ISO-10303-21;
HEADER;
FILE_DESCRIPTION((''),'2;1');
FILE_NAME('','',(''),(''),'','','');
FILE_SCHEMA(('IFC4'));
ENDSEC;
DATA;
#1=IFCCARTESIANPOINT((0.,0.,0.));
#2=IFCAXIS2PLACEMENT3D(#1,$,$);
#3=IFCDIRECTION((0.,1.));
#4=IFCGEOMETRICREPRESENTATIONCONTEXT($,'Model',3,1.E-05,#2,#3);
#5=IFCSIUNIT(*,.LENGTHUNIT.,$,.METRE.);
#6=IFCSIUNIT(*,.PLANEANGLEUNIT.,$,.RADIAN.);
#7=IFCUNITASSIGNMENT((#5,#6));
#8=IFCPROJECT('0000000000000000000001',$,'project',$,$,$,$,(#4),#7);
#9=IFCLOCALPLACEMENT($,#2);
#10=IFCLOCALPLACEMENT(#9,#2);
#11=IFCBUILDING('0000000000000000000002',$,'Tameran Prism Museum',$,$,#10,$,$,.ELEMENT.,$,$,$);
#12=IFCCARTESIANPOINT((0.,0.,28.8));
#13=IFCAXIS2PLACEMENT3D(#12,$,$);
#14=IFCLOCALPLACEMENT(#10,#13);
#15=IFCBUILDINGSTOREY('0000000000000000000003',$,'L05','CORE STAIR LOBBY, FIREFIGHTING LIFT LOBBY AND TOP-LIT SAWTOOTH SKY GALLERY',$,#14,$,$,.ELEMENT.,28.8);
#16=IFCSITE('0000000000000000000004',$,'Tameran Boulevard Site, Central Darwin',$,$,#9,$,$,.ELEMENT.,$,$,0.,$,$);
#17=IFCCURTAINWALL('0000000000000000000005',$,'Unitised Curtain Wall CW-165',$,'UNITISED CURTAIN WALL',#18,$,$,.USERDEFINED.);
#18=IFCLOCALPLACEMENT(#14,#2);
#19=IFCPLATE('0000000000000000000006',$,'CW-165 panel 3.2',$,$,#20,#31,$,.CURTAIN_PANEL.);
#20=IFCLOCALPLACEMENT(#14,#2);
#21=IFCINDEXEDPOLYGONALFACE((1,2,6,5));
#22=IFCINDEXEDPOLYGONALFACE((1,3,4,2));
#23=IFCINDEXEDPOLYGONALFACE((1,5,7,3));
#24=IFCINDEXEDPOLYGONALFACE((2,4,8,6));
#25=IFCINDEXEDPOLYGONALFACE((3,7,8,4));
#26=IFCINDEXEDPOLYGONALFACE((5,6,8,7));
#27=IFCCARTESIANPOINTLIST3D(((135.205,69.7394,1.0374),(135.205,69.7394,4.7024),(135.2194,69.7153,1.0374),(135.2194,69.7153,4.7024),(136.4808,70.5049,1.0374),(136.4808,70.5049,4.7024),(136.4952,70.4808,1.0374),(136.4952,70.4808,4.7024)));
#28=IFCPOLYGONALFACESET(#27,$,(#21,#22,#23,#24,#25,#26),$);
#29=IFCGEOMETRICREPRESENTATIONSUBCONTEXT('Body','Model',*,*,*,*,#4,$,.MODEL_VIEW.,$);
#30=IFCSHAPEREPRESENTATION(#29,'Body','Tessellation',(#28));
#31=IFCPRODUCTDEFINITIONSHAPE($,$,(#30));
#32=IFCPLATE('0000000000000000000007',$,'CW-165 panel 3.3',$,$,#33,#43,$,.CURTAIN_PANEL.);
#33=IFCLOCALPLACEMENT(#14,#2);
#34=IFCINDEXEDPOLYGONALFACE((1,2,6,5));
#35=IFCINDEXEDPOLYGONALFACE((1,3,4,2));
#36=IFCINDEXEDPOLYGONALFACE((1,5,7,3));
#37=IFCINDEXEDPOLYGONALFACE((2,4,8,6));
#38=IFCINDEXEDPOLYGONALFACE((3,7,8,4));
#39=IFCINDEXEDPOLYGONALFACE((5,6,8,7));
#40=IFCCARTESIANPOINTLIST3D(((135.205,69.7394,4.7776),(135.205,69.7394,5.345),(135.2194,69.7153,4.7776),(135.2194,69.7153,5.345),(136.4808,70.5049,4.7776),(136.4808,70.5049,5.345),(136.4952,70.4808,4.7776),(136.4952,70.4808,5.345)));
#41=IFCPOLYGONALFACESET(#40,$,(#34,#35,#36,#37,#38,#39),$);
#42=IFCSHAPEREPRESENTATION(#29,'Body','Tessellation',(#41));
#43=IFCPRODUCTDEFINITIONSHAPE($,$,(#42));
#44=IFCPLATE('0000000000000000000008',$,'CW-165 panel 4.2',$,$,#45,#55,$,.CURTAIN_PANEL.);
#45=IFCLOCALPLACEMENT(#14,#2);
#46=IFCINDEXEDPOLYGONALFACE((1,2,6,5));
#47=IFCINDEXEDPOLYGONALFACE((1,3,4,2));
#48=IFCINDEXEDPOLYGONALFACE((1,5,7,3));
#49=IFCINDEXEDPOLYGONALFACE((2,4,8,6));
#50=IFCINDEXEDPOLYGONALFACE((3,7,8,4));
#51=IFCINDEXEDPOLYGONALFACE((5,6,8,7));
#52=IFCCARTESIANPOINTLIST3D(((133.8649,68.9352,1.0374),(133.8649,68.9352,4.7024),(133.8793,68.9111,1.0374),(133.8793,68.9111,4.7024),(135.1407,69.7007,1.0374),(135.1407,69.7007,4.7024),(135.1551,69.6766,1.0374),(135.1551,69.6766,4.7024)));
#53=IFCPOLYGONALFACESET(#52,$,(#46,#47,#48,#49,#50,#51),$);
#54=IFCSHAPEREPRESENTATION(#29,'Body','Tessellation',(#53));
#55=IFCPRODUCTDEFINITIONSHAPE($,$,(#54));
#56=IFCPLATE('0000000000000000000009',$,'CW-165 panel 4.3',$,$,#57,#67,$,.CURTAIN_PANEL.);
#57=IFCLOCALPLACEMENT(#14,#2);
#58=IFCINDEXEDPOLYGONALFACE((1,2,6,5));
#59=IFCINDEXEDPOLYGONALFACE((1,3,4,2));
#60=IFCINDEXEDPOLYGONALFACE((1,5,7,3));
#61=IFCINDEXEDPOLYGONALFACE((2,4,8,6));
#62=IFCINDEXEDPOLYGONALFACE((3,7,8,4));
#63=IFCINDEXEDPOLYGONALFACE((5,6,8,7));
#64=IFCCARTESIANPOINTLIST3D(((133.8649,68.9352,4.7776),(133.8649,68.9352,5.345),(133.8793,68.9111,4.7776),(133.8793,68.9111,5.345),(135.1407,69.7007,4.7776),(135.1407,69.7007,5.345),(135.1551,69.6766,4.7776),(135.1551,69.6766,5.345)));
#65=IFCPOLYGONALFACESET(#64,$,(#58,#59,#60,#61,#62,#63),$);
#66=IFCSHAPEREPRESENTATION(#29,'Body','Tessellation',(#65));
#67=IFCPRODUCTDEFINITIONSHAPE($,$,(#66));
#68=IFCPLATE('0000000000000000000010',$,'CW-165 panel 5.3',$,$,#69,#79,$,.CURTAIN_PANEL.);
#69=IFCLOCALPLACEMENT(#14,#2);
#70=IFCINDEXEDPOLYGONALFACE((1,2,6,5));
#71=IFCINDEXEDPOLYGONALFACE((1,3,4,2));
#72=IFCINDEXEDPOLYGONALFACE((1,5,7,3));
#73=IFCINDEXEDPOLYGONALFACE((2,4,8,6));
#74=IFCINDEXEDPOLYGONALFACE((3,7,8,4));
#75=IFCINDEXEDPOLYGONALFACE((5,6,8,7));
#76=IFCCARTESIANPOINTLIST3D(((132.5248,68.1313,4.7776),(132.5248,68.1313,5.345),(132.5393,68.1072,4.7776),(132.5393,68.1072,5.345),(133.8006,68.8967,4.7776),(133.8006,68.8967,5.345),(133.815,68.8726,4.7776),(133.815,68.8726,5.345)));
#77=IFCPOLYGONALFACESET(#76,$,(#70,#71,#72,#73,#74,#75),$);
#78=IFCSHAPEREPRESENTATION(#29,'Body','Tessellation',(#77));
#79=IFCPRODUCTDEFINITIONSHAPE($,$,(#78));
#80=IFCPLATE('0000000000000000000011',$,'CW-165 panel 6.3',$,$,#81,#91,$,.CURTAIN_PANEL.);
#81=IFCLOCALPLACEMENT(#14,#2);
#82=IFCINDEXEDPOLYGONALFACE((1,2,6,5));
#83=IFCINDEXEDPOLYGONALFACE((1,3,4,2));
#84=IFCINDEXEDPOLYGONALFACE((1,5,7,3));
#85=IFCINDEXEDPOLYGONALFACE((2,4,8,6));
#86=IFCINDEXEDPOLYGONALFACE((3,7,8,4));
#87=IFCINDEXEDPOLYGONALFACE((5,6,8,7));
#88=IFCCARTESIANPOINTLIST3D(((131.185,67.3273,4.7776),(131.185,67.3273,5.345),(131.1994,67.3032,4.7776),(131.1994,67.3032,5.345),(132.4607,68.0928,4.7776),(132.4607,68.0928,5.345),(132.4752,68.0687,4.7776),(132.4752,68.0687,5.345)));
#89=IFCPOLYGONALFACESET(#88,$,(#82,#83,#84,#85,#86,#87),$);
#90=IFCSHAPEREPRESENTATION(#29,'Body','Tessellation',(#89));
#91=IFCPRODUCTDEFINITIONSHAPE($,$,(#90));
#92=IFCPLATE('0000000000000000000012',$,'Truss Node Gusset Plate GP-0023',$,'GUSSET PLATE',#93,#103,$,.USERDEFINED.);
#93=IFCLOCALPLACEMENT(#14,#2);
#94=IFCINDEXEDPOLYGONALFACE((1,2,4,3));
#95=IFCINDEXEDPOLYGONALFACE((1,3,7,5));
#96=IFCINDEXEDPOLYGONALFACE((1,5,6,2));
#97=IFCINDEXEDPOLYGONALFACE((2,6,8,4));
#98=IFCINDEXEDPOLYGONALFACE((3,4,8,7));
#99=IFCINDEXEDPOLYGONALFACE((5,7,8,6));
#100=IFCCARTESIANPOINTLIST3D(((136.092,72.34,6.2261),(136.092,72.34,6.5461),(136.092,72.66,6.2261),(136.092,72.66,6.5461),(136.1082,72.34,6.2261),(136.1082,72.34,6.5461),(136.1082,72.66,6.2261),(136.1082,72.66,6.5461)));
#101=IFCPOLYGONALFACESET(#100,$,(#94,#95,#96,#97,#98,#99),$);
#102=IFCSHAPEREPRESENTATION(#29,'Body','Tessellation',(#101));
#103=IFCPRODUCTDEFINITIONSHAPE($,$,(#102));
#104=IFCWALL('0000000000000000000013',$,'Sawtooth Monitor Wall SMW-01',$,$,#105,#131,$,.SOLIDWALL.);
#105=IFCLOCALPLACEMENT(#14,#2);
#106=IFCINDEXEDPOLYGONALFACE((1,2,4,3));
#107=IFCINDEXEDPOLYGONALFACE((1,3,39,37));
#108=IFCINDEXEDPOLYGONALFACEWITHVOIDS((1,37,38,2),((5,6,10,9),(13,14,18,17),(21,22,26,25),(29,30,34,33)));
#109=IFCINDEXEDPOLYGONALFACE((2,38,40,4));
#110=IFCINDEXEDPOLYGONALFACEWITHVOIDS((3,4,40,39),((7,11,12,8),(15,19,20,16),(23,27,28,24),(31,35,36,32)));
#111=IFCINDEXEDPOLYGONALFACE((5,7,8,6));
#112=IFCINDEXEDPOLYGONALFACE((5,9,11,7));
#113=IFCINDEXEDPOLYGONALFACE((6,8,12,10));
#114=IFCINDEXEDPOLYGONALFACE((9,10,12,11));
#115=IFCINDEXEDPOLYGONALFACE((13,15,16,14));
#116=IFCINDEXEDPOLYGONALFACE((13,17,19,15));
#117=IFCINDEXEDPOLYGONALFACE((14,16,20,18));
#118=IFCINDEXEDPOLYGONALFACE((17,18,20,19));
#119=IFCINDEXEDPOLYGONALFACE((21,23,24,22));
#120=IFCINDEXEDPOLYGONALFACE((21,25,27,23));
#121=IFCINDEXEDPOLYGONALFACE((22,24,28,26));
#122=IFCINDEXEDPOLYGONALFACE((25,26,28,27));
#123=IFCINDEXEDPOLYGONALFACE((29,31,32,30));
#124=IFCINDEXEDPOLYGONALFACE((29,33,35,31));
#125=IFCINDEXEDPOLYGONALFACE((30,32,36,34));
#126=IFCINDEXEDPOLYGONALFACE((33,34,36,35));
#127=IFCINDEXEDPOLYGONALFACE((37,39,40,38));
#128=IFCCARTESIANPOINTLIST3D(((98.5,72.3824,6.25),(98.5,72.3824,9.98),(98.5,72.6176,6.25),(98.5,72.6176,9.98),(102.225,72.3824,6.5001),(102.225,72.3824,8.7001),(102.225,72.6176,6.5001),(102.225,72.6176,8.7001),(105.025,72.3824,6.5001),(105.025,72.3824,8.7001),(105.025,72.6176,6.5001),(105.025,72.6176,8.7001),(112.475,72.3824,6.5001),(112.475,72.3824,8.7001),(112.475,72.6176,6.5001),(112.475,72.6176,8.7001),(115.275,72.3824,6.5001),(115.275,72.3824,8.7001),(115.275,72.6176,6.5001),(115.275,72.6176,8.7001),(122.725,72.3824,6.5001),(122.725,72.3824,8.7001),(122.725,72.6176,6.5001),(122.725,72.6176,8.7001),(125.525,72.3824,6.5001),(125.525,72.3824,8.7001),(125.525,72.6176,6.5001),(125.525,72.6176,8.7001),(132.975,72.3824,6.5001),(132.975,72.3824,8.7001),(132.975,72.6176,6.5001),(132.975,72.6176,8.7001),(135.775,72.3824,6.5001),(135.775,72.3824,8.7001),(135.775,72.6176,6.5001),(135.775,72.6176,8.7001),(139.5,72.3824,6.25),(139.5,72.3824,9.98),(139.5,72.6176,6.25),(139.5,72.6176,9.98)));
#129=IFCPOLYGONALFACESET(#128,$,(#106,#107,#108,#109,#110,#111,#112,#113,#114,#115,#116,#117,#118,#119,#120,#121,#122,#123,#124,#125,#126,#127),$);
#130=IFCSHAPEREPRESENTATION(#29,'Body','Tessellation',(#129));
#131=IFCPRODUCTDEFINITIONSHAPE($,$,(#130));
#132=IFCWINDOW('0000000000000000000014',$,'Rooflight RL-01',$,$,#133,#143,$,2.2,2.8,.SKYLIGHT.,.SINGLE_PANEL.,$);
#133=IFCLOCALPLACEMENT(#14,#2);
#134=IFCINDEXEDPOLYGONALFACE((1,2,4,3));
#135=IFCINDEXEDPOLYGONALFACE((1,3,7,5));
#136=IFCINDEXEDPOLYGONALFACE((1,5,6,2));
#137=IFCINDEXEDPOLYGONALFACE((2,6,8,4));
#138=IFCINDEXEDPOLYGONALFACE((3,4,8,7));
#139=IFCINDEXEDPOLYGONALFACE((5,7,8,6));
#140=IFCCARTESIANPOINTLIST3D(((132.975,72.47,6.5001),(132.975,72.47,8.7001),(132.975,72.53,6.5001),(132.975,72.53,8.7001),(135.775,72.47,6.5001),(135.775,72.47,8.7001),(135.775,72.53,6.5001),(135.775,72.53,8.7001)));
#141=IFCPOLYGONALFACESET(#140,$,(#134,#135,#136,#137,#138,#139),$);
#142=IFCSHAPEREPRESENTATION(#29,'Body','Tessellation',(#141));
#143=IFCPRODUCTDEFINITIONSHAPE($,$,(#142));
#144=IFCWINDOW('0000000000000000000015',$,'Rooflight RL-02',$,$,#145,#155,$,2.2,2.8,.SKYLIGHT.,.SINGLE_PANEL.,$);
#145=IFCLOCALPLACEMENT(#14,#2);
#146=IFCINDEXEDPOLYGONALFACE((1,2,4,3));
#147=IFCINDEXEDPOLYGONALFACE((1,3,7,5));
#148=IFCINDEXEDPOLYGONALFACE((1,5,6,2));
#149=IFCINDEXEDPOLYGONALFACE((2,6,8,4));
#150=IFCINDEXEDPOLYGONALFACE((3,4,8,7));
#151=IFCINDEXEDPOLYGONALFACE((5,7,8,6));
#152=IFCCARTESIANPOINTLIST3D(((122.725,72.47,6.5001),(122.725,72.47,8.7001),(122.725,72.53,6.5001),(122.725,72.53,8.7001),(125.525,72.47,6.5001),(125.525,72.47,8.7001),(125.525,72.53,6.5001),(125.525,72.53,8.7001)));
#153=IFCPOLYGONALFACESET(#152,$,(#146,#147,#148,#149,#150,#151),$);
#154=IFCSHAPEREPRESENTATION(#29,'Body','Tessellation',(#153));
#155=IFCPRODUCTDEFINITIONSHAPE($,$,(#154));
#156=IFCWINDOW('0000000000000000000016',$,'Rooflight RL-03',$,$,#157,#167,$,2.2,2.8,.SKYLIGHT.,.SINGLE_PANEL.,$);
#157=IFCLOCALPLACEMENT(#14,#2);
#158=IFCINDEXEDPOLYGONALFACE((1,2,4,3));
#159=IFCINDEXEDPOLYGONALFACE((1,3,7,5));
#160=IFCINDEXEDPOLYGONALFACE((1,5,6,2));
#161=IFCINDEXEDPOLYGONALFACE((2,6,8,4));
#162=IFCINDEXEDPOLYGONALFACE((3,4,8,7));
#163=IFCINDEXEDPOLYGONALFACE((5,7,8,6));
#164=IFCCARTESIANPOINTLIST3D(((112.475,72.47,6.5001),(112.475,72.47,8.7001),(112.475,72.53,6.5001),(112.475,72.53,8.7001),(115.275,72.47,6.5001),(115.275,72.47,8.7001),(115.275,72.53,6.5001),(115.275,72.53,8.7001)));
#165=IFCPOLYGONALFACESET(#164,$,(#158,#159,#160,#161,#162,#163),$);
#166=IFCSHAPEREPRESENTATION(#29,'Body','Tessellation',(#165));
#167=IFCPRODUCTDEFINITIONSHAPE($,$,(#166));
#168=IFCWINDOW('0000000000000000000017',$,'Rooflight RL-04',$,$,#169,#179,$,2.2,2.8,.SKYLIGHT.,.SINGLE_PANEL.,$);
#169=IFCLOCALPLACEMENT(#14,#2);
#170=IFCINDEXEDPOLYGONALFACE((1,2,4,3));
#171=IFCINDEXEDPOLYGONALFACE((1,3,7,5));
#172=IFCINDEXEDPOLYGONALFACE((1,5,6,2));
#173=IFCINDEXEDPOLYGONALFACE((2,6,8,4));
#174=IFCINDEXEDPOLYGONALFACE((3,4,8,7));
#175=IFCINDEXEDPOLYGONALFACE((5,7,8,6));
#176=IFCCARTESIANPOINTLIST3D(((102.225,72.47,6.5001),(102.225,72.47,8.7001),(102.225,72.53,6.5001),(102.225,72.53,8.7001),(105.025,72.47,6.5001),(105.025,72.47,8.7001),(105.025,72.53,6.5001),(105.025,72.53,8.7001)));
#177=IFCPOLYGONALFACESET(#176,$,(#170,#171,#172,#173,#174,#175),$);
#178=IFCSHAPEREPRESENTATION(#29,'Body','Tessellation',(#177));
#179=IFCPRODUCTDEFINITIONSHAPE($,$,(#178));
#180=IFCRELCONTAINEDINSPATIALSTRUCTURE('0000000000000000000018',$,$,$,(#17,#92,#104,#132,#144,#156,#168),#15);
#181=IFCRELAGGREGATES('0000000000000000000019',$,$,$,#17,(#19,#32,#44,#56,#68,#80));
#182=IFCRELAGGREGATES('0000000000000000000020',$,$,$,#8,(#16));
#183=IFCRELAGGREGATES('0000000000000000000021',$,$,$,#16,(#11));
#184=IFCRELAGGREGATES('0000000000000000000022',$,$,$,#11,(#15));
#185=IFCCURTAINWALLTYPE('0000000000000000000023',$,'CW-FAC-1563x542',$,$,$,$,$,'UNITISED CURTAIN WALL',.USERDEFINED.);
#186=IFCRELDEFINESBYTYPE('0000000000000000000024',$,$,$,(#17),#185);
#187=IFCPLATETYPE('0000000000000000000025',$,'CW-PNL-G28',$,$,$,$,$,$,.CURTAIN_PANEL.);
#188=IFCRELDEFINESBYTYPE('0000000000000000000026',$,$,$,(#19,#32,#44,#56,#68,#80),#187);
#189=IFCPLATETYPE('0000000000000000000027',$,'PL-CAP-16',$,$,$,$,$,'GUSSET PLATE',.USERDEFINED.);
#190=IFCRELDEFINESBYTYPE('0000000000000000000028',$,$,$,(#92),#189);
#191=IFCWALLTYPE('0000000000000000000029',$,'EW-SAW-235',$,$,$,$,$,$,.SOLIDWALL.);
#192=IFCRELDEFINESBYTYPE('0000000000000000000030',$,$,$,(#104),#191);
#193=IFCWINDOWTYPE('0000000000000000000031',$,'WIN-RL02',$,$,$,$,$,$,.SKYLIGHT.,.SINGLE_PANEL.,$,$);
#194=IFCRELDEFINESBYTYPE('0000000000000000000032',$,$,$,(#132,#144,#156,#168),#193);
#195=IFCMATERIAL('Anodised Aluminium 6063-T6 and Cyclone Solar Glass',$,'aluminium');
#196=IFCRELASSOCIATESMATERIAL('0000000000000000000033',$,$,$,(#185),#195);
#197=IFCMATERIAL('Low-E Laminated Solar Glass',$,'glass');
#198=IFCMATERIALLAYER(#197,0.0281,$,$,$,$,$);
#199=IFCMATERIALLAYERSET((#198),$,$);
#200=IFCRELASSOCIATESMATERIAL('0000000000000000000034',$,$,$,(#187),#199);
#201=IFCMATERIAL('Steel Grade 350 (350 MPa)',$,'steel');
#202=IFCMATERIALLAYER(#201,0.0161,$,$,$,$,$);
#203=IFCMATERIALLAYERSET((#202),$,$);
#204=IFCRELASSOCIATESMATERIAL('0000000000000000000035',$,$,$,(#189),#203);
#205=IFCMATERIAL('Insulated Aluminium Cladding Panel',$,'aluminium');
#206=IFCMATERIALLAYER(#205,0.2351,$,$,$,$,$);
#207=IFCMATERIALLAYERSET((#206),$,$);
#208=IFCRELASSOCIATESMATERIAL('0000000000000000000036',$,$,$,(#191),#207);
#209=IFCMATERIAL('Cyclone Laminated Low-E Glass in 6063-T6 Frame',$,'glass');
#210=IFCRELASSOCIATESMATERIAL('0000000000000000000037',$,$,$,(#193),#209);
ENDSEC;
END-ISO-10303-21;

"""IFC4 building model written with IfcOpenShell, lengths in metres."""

from ifc_helpers import new_model, si_unit, direction, frame, frame_2d, origin, origin_2d, place, context, subcontext, project, spatial, rectangle, extrude, material, layer, layer_set, type_object, element, fill, aggregate, save


model = new_model("IFC4")

# Units and contexts
model_context = context("Model", 3, precision=1e-05, world=origin(), true_north=direction((0.0, 1.0)))
body_context = subcontext(model_context, "Body", "Model", "MODEL_VIEW")
ifc_project = project(units=[si_unit("LENGTHUNIT", "METRE"), si_unit("PLANEANGLEUNIT", "RADIAN")], contexts=[model_context])

# Site, building, storey
site_placement = place(None, origin())
site = spatial("IfcSite", under=ifc_project, at=site_placement, Name="Tameran Boulevard Site, Central Darwin", CompositionType="ELEMENT", RefElevation=0.0)
building_placement = place(site_placement, origin())
building = spatial("IfcBuilding", under=site, at=building_placement, Name="Tameran Prism Museum", CompositionType="ELEMENT")
storey_placement = place(building_placement, frame((0.0, 0.0, 28.8)))
storey = spatial("IfcBuildingStorey", under=building, at=storey_placement, Name="L05", Description="CORE STAIR LOBBY, FIREFIGHTING LIFT LOBBY AND TOP-LIT SAWTOOTH SKY GALLERY", CompositionType="ELEMENT", Elevation=28.8)

# Curtain wall
ifc_material_1 = material(Name="Anodised Aluminium 6063-T6 and Cyclone Solar Glass", Category="aluminium")
curtain_wall_type = type_object("IfcCurtainWallType", Name="CW-FAC-1563x542", ElementType="UNITISED CURTAIN WALL", PredefinedType="USERDEFINED", material=ifc_material_1)
curtain_wall_placement = place(storey_placement, origin())
curtain_wall = element("IfcCurtainWall", 1, at=curtain_wall_placement, inside=storey, type_object=curtain_wall_type, Name="Unitised Curtain Wall CW-165", ObjectType="UNITISED CURTAIN WALL", PredefinedType="USERDEFINED")

# Plates
ifc_material_2 = material(Name="Low-E Laminated Solar Glass", Category="glass")
ifc_layer_1 = layer(ifc_material_2, 0.0281)
ifc_layer_set_1 = layer_set([ifc_layer_1])
plate_type_1 = type_object("IfcPlateType", Name="CW-PNL-G28", PredefinedType="CURTAIN_PANEL", material=ifc_layer_set_1)
plate_1_placement = place(storey_placement, frame((135.8501, 70.1101, 1.0374), z_axis=(0.0, 0.0, 1.0), x_axis=(-0.857493, -0.514496, 0.0)))
plate_1 = element("IfcPlate", 2, at=plate_1_placement, type_object=plate_type_1, Name="CW-165 panel 3.2", PredefinedType="CURTAIN_PANEL", context=body_context, shape_type="SweptSolid", body=[
    extrude(rectangle(XDim=1.4878, YDim=0.0281, at=origin_2d()), origin(), (0.0, 0.0, 1.0), 3.665),
])
plate_2_placement = place(storey_placement, frame((135.8501, 70.1101, 4.7776), z_axis=(0.0, 0.0, 1.0), x_axis=(-0.857493, -0.514496, 0.0)))
plate_2 = element("IfcPlate", 3, at=plate_2_placement, type_object=plate_type_1, Name="CW-165 panel 3.3", PredefinedType="CURTAIN_PANEL", context=body_context, shape_type="SweptSolid", body=[
    extrude(rectangle(XDim=1.4878, YDim=0.0281, at=origin_2d()), origin(), (0.0, 0.0, 1.0), 0.5674),
])
plate_3_placement = place(storey_placement, frame((134.51, 69.3059, 1.0374), z_axis=(0.0, 0.0, 1.0), x_axis=(-0.857493, -0.514496, 0.0)))
plate_3 = element("IfcPlate", 4, at=plate_3_placement, type_object=plate_type_1, Name="CW-165 panel 4.2", PredefinedType="CURTAIN_PANEL", context=body_context, shape_type="SweptSolid", body=[
    extrude(rectangle(XDim=1.4878, YDim=0.0281, at=origin_2d()), origin(), (0.0, 0.0, 1.0), 3.665),
])
plate_4_placement = place(storey_placement, frame((134.51, 69.3059, 4.7776), z_axis=(0.0, 0.0, 1.0), x_axis=(-0.857493, -0.514496, 0.0)))
plate_4 = element("IfcPlate", 5, at=plate_4_placement, type_object=plate_type_1, Name="CW-165 panel 4.3", PredefinedType="CURTAIN_PANEL", context=body_context, shape_type="SweptSolid", body=[
    extrude(rectangle(XDim=1.4878, YDim=0.0281, at=origin_2d()), origin(), (0.0, 0.0, 1.0), 0.5674),
])
plate_5_placement = place(storey_placement, frame((133.1699, 68.502, 4.7776), z_axis=(0.0, 0.0, 1.0), x_axis=(-0.857493, -0.514496, 0.0)))
plate_5 = element("IfcPlate", 6, at=plate_5_placement, type_object=plate_type_1, Name="CW-165 panel 5.3", PredefinedType="CURTAIN_PANEL", context=body_context, shape_type="SweptSolid", body=[
    extrude(rectangle(XDim=1.4878, YDim=0.0281, at=origin_2d()), origin(), (0.0, 0.0, 1.0), 0.5674),
])
plate_6_placement = place(storey_placement, frame((131.8301, 67.698, 4.7776), z_axis=(0.0, 0.0, 1.0), x_axis=(-0.857493, -0.514496, 0.0)))
plate_6 = element("IfcPlate", 7, at=plate_6_placement, type_object=plate_type_1, Name="CW-165 panel 6.3", PredefinedType="CURTAIN_PANEL", context=body_context, shape_type="SweptSolid", body=[
    extrude(rectangle(XDim=1.4878, YDim=0.0281, at=origin_2d()), origin(), (0.0, 0.0, 1.0), 0.5674),
])
aggregate(curtain_wall, [plate_1, plate_2, plate_3, plate_4, plate_5, plate_6])
ifc_material_3 = material(Name="Steel Grade 350 (350 MPa)", Category="steel")
ifc_layer_2 = layer(ifc_material_3, 0.0161)
ifc_layer_set_2 = layer_set([ifc_layer_2])
plate_type_2 = type_object("IfcPlateType", Name="PL-CAP-16", ElementType="GUSSET PLATE", PredefinedType="USERDEFINED", material=ifc_layer_set_2)
plate_7_placement = place(storey_placement, frame((136.1001, 72.5, 6.2261), z_axis=(0.0, 0.0, 1.0), x_axis=(1.0, 0.0, 0.0)))
element("IfcPlate", 8, at=plate_7_placement, inside=storey, type_object=plate_type_2, Name="Truss Node Gusset Plate GP-0023", ObjectType="GUSSET PLATE", PredefinedType="USERDEFINED", context=body_context, shape_type="SweptSolid", body=[
    extrude(rectangle(XDim=0.0161, YDim=0.3201, at=origin_2d()), origin(), (0.0, 0.0, 1.0), 0.3201),
])

# Wall, openings, windows
ifc_material_4 = material(Name="Insulated Aluminium Cladding Panel", Category="aluminium")
ifc_layer_3 = layer(ifc_material_4, 0.2351)
ifc_layer_set_3 = layer_set([ifc_layer_3])
wall_type = type_object("IfcWallType", Name="EW-SAW-235", PredefinedType="SOLIDWALL", material=ifc_layer_set_3)
wall_placement = place(storey_placement, frame((139.5, 72.5, 6.25), z_axis=(0.0, 0.0, 1.0), x_axis=(-1.0, 0.0, 0.0)))
wall = element("IfcWall", 9, at=wall_placement, inside=storey, type_object=wall_type, Name="Sawtooth Monitor Wall SMW-01", PredefinedType="SOLIDWALL", context=body_context, shape_type="SweptSolid", body=[
    extrude(rectangle(XDim=41.0, YDim=0.2351, at=frame_2d((20.5, 0.0))), origin(), (0.0, 0.0, 1.0), 3.73),
])
opening_1_placement = place(wall_placement, frame((3.7251, 0.0, 0.25)))
opening_1 = element("IfcOpeningElement", 10, at=opening_1_placement, cuts=wall, PredefinedType="OPENING", context=body_context, shape_type="SweptSolid", body=[
    extrude(rectangle(XDim=2.8, YDim=2.2, at=frame_2d((1.3999, 1.1001))), frame((0.0, 0.1274, 0.0), z_axis=(0.0, -1.0, 0.0), x_axis=(1.0, 0.0, 0.0)), (0.0, 0.0, 1.0), 0.2551),
])
opening_2_placement = place(wall_placement, frame((13.9751, 0.0, 0.25)))
opening_2 = element("IfcOpeningElement", 11, at=opening_2_placement, cuts=wall, PredefinedType="OPENING", context=body_context, shape_type="SweptSolid", body=[
    extrude(rectangle(XDim=2.8, YDim=2.2, at=frame_2d((1.3999, 1.1001))), frame((0.0, 0.1274, 0.0), z_axis=(0.0, -1.0, 0.0), x_axis=(1.0, 0.0, 0.0)), (0.0, 0.0, 1.0), 0.2551),
])
opening_3_placement = place(wall_placement, frame((24.2251, 0.0, 0.25)))
opening_3 = element("IfcOpeningElement", 12, at=opening_3_placement, cuts=wall, PredefinedType="OPENING", context=body_context, shape_type="SweptSolid", body=[
    extrude(rectangle(XDim=2.8, YDim=2.2, at=frame_2d((1.3999, 1.1001))), frame((0.0, 0.1274, 0.0), z_axis=(0.0, -1.0, 0.0), x_axis=(1.0, 0.0, 0.0)), (0.0, 0.0, 1.0), 0.2551),
])
opening_4_placement = place(wall_placement, frame((34.4751, 0.0, 0.25)))
opening_4 = element("IfcOpeningElement", 13, at=opening_4_placement, cuts=wall, PredefinedType="OPENING", context=body_context, shape_type="SweptSolid", body=[
    extrude(rectangle(XDim=2.8, YDim=2.2, at=frame_2d((1.3999, 1.1001))), frame((0.0, 0.1274, 0.0), z_axis=(0.0, -1.0, 0.0), x_axis=(1.0, 0.0, 0.0)), (0.0, 0.0, 1.0), 0.2551),
])
ifc_material_5 = material(Name="Cyclone Laminated Low-E Glass in 6063-T6 Frame", Category="glass")
window_type = type_object("IfcWindowType", Name="WIN-RL02", PartitioningType="SINGLE_PANEL", PredefinedType="SKYLIGHT", material=ifc_material_5)
window_1_placement = place(opening_1_placement, origin())
window_1 = element("IfcWindow", 14, at=window_1_placement, inside=storey, type_object=window_type, Name="Rooflight RL-01", OverallHeight=2.2, OverallWidth=2.8, PartitioningType="SINGLE_PANEL", PredefinedType="SKYLIGHT", context=body_context, shape_type="SweptSolid", body=[
    extrude(rectangle(XDim=2.8, YDim=2.2, at=frame_2d((1.3999, 1.1001))), frame((0.0, 0.03, 0.0), z_axis=(0.0, -1.0, 0.0), x_axis=(1.0, 0.0, 0.0)), (0.0, 0.0, 1.0), 0.0601),
])
fill(opening_1, window_1)
window_2_placement = place(opening_2_placement, origin())
window_2 = element("IfcWindow", 15, at=window_2_placement, inside=storey, type_object=window_type, Name="Rooflight RL-02", OverallHeight=2.2, OverallWidth=2.8, PartitioningType="SINGLE_PANEL", PredefinedType="SKYLIGHT", context=body_context, shape_type="SweptSolid", body=[
    extrude(rectangle(XDim=2.8, YDim=2.2, at=frame_2d((1.3999, 1.1001))), frame((0.0, 0.03, 0.0), z_axis=(0.0, -1.0, 0.0), x_axis=(1.0, 0.0, 0.0)), (0.0, 0.0, 1.0), 0.0601),
])
fill(opening_2, window_2)
window_3_placement = place(opening_3_placement, origin())
window_3 = element("IfcWindow", 16, at=window_3_placement, inside=storey, type_object=window_type, Name="Rooflight RL-03", OverallHeight=2.2, OverallWidth=2.8, PartitioningType="SINGLE_PANEL", PredefinedType="SKYLIGHT", context=body_context, shape_type="SweptSolid", body=[
    extrude(rectangle(XDim=2.8, YDim=2.2, at=frame_2d((1.3999, 1.1001))), frame((0.0, 0.03, 0.0), z_axis=(0.0, -1.0, 0.0), x_axis=(1.0, 0.0, 0.0)), (0.0, 0.0, 1.0), 0.0601),
])
fill(opening_3, window_3)
window_4_placement = place(opening_4_placement, origin())
window_4 = element("IfcWindow", 17, at=window_4_placement, inside=storey, type_object=window_type, Name="Rooflight RL-04", OverallHeight=2.2, OverallWidth=2.8, PartitioningType="SINGLE_PANEL", PredefinedType="SKYLIGHT", context=body_context, shape_type="SweptSolid", body=[
    extrude(rectangle(XDim=2.8, YDim=2.2, at=frame_2d((1.3999, 1.1001))), frame((0.0, 0.03, 0.0), z_axis=(0.0, -1.0, 0.0), x_axis=(1.0, 0.0, 0.0)), (0.0, 0.0, 1.0), 0.0601),
])
fill(opening_4, window_4)

save(model, "model.ifc")
